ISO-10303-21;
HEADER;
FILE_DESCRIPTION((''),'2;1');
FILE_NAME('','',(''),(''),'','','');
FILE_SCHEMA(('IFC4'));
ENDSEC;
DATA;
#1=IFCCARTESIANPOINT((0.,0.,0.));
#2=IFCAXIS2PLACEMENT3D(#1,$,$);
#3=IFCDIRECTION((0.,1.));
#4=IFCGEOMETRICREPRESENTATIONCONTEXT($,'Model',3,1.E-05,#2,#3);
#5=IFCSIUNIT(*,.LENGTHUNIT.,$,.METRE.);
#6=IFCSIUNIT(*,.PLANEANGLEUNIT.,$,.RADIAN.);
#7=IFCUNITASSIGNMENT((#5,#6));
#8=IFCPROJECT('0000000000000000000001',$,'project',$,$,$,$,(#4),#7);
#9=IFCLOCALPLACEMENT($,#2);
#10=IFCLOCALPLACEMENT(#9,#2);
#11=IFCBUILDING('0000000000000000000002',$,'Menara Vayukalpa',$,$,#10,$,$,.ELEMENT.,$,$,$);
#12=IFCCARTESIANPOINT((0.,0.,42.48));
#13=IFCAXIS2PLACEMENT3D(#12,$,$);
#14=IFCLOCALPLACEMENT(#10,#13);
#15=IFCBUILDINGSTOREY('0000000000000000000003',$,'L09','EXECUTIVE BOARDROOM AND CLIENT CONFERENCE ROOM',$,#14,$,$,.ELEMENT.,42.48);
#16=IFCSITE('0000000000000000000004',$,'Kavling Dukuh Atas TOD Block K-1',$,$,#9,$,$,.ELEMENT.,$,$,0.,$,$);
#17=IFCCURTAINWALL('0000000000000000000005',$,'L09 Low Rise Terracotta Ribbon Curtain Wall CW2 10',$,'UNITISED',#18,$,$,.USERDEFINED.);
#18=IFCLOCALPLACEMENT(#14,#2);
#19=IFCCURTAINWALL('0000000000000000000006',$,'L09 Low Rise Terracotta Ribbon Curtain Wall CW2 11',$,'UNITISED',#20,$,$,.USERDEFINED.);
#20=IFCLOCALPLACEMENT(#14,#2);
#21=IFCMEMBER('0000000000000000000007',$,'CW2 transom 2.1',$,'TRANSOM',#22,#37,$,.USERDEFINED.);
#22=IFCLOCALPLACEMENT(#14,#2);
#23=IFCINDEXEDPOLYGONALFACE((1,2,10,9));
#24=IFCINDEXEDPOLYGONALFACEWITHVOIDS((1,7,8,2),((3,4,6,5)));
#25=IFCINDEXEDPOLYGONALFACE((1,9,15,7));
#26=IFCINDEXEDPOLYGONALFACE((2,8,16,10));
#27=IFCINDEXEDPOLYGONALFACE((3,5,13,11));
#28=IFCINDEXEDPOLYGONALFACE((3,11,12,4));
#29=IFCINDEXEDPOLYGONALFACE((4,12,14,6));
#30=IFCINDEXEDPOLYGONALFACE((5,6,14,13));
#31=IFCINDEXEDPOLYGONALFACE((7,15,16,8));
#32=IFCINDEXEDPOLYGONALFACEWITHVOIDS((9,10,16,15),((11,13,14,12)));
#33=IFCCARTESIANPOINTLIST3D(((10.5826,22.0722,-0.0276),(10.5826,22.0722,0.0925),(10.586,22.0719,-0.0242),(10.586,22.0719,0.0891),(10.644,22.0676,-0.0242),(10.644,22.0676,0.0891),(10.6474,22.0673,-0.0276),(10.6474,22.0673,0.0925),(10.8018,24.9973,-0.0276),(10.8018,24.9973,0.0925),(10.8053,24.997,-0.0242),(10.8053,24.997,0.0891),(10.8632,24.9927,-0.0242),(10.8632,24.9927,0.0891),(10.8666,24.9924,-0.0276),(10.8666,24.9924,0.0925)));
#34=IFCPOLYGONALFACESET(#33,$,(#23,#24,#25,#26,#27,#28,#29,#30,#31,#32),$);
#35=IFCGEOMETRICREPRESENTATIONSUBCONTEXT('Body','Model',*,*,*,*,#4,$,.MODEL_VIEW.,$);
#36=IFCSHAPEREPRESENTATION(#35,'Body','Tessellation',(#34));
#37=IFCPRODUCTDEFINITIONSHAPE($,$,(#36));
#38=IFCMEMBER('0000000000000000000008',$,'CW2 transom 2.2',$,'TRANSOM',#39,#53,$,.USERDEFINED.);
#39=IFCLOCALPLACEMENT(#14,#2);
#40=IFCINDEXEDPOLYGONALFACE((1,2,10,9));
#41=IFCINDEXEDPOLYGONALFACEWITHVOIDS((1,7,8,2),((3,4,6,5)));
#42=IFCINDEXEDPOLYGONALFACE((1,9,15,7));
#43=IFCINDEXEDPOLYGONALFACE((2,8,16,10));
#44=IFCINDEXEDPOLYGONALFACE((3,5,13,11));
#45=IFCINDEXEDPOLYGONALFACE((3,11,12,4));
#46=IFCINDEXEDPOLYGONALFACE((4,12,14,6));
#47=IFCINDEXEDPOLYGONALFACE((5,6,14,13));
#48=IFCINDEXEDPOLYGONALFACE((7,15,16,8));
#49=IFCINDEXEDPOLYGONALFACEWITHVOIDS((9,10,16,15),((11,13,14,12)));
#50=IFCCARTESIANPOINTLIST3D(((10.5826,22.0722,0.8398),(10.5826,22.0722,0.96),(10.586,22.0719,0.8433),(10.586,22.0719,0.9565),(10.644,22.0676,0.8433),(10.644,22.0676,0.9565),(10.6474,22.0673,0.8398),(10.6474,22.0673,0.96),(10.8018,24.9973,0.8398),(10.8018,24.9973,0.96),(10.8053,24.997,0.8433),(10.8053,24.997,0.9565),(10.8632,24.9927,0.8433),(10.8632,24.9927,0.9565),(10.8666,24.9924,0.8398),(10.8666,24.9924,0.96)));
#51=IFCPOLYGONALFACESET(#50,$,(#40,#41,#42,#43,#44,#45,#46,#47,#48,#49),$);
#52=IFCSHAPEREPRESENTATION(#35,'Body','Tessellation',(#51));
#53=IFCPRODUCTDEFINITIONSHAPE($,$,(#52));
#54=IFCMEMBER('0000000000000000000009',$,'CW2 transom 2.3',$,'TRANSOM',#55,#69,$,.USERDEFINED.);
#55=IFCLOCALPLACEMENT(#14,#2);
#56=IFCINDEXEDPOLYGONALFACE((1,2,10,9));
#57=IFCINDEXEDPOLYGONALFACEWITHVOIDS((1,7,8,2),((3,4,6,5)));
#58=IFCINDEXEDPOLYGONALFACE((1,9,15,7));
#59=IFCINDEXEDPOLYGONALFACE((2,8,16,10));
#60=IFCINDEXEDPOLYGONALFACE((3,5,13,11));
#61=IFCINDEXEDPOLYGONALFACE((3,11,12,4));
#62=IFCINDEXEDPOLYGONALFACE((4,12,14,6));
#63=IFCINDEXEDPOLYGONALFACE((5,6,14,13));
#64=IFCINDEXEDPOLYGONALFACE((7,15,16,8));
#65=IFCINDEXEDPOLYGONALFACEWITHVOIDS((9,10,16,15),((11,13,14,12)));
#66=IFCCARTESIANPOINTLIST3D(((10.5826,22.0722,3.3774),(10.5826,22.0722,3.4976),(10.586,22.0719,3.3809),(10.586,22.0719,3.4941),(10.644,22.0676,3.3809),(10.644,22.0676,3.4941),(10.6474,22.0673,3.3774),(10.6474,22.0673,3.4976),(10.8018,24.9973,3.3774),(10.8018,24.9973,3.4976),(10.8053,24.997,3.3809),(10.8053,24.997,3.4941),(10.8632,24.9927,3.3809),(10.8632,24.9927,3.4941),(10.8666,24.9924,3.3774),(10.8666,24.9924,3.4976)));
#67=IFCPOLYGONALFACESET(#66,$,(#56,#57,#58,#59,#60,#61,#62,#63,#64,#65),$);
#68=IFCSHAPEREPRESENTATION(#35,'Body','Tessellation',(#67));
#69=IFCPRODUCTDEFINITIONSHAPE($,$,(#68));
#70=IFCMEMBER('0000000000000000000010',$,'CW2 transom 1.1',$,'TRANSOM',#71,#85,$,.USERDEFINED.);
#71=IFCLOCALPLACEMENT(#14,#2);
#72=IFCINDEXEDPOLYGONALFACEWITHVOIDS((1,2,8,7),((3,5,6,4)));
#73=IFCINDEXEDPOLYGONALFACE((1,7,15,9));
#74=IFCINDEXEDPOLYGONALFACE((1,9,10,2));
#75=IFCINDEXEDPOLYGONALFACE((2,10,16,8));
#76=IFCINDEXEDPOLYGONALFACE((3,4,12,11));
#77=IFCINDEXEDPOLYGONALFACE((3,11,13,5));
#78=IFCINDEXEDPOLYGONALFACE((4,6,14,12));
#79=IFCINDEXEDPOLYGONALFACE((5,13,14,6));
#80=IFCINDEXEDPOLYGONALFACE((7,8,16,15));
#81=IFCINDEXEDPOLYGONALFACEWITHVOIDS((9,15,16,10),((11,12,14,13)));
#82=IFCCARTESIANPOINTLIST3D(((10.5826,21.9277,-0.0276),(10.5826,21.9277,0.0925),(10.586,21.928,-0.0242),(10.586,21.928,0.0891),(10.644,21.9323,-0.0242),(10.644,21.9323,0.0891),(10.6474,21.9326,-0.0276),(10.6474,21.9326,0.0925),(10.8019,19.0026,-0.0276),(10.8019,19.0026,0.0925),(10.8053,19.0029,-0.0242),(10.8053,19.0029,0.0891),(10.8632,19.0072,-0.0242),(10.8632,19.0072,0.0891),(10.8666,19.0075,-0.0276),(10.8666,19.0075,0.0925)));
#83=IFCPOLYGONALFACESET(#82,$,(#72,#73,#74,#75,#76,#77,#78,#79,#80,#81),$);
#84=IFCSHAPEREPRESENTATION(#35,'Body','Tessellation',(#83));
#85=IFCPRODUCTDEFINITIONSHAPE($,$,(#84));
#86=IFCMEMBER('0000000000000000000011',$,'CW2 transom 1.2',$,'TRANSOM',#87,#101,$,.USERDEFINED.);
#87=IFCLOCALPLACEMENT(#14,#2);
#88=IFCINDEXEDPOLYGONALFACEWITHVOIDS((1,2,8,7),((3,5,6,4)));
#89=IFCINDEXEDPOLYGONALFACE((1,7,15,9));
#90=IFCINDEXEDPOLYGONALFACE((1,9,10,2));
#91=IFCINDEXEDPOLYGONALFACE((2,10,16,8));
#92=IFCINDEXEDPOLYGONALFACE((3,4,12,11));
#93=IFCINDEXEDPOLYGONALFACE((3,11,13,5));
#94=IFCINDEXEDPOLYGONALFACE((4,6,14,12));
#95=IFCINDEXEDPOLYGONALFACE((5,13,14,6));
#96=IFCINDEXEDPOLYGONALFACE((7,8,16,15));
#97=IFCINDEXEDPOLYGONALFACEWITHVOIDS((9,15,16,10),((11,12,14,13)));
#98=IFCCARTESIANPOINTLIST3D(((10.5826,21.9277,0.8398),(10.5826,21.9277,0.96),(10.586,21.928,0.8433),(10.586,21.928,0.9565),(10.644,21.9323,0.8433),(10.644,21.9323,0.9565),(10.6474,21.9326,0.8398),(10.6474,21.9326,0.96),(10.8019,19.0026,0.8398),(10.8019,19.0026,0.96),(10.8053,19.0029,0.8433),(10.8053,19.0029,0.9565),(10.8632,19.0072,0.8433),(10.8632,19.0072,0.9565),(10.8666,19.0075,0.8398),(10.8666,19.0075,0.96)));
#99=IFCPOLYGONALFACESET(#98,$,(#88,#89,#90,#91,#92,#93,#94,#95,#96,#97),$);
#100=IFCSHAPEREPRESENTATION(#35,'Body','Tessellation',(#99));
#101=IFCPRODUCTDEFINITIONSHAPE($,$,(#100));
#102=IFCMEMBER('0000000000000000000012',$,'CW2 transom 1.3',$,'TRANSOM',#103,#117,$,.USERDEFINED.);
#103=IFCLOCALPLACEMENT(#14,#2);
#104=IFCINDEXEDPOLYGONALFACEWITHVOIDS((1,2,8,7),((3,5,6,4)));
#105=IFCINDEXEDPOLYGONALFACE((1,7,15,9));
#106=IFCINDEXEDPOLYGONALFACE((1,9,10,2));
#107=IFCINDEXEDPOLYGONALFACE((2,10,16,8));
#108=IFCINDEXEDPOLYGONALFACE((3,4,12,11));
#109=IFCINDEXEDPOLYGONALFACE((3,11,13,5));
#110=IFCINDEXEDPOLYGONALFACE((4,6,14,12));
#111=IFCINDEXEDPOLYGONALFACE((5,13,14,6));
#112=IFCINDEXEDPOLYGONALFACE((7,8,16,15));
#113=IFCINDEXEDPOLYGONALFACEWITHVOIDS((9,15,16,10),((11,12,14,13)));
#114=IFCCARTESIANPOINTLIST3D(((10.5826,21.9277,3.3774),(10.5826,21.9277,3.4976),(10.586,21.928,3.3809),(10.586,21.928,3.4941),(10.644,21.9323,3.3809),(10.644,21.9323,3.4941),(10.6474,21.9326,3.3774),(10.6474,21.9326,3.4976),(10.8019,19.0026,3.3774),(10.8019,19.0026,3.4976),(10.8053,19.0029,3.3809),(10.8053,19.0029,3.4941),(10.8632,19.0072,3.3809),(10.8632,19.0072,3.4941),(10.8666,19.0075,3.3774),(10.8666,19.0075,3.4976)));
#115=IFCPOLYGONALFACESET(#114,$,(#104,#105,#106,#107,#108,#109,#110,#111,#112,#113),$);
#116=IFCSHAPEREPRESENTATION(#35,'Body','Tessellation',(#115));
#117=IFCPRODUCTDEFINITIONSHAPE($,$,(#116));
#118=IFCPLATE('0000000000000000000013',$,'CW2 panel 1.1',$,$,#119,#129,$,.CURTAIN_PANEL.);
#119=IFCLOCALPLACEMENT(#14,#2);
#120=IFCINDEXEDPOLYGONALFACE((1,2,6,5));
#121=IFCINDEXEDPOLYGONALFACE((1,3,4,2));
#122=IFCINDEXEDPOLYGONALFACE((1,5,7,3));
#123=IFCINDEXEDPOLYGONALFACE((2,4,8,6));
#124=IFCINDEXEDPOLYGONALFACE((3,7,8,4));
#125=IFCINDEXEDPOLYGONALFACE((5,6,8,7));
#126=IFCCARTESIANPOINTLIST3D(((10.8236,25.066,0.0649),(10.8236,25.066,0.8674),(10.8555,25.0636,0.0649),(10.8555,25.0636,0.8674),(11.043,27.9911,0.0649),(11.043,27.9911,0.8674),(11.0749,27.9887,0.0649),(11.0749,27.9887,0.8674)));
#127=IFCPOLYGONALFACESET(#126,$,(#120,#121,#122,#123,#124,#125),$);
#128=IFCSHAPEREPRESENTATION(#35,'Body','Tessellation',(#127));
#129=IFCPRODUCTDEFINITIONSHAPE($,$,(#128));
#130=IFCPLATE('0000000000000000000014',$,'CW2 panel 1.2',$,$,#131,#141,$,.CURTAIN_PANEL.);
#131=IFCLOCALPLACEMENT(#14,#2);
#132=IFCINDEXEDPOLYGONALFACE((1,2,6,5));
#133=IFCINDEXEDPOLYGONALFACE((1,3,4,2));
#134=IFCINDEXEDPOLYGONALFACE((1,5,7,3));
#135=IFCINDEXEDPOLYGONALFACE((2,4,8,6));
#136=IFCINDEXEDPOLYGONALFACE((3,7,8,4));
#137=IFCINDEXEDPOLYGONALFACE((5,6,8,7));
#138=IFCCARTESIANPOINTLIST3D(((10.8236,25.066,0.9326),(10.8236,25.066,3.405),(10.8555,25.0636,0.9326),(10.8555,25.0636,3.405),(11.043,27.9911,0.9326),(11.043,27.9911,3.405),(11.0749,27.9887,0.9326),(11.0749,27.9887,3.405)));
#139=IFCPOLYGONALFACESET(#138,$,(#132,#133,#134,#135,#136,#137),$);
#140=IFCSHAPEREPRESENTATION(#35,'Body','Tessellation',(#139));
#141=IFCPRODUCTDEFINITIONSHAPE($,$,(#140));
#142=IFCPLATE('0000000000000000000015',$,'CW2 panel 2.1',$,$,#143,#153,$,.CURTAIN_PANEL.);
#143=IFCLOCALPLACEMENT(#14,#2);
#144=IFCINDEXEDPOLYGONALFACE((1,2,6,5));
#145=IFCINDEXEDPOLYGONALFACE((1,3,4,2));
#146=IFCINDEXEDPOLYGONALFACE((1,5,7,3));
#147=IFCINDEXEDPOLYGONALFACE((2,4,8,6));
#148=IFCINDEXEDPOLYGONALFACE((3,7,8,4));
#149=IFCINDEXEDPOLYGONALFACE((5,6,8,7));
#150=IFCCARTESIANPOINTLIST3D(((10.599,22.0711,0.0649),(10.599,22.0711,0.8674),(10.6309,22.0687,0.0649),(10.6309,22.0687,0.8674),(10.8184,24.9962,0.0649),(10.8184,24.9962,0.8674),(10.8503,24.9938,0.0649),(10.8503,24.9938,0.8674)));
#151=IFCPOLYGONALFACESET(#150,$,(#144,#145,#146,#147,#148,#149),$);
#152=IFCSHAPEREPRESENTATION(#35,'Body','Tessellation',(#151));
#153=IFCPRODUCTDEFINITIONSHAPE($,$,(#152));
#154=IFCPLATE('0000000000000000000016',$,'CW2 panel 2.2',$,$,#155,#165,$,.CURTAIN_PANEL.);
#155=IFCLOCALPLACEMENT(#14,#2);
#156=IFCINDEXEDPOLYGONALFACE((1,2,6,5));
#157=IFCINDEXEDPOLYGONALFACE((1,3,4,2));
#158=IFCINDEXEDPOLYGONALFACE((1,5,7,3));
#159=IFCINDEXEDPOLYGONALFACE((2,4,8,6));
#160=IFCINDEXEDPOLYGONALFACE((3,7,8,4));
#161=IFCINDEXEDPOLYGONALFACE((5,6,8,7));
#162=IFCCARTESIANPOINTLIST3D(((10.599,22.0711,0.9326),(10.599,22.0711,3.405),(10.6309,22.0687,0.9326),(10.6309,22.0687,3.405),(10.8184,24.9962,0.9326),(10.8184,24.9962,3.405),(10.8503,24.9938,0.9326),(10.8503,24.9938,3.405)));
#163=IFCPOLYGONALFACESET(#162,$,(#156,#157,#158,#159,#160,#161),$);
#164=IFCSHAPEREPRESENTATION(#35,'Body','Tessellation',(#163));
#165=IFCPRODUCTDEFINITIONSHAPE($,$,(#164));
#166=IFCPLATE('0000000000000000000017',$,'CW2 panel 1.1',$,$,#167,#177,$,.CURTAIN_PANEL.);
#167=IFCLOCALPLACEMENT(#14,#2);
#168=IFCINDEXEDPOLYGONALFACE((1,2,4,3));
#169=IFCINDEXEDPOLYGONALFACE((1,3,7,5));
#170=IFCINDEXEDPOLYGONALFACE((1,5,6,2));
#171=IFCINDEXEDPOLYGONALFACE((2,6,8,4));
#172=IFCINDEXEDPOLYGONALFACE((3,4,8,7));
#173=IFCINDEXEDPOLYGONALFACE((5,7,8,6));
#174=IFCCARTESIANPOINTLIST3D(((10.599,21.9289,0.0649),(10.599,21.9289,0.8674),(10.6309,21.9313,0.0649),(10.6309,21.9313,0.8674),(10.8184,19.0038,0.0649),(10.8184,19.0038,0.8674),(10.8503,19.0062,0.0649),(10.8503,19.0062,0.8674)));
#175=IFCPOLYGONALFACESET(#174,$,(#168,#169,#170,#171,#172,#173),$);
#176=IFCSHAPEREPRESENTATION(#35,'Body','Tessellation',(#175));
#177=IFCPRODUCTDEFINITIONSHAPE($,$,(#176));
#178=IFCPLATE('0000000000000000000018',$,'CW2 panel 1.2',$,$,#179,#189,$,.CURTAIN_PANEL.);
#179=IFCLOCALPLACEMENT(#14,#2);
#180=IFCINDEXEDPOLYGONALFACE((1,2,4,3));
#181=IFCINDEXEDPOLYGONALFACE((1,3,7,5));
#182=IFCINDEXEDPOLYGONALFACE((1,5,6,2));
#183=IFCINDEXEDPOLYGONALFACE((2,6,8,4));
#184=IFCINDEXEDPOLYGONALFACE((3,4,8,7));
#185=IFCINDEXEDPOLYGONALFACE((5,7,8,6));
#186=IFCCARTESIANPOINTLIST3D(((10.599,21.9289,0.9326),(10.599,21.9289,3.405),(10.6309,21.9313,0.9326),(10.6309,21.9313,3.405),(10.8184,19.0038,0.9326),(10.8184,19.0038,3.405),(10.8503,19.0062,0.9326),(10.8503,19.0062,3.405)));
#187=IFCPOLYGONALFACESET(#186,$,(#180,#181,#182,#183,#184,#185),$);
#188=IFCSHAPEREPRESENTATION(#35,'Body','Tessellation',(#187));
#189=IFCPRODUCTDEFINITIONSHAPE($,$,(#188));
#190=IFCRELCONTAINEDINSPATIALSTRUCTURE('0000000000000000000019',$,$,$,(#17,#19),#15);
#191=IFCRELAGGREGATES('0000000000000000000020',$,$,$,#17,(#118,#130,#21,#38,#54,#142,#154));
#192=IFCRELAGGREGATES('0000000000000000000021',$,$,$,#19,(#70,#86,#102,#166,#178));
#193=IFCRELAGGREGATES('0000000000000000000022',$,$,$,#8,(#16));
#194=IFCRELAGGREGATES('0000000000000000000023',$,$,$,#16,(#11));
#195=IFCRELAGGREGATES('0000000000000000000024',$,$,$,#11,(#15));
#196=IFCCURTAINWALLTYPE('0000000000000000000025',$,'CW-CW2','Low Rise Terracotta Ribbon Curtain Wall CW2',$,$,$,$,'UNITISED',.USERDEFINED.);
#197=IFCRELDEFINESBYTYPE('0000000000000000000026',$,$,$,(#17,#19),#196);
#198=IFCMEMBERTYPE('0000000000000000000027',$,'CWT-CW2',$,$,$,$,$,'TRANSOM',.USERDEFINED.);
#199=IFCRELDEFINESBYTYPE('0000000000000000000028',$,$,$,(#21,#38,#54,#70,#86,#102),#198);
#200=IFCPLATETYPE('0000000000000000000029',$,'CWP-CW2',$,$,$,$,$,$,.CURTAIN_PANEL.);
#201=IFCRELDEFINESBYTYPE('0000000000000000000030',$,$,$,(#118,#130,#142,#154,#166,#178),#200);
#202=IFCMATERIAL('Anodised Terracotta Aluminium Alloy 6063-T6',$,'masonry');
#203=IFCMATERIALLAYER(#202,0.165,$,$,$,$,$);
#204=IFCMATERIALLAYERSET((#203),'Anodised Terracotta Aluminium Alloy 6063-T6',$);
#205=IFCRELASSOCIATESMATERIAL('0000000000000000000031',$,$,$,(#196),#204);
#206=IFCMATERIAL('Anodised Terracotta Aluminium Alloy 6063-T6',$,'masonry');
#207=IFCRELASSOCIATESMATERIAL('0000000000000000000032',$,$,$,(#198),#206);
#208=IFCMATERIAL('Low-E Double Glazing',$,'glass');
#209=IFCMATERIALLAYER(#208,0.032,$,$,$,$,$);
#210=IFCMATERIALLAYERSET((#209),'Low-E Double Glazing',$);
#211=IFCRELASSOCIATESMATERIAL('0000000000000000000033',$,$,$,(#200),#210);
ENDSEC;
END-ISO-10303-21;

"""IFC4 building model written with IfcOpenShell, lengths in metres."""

from ifc_helpers import new_model, si_unit, direction, frame, origin, origin_2d, place, context, subcontext, project, spatial, rectangle, hollow_rectangle, extrude, material, layer, layer_set, material_profile, profile_set, type_object, element, aggregate, save


model = new_model("IFC4")

# Units and contexts
model_context = context("Model", 3, precision=1e-05, world=origin(), true_north=direction((0.0, 1.0)))
body_context = subcontext(model_context, "Body", "Model", "MODEL_VIEW")
ifc_project = project(units=[si_unit("LENGTHUNIT", "METRE"), si_unit("PLANEANGLEUNIT", "RADIAN")], contexts=[model_context])

# Site, building, storey
site_placement = place(None, origin())
site = spatial("IfcSite", under=ifc_project, at=site_placement, Name="Kavling Dukuh Atas TOD Block K-1", CompositionType="ELEMENT", RefElevation=0.0)
building_placement = place(site_placement, origin())
building = spatial("IfcBuilding", under=site, at=building_placement, Name="Menara Vayukalpa", CompositionType="ELEMENT")
storey_placement = place(building_placement, frame((0.0, 0.0, 42.48)))
storey = spatial("IfcBuildingStorey", under=building, at=storey_placement, Name="L09", Description="EXECUTIVE BOARDROOM AND CLIENT CONFERENCE ROOM", CompositionType="ELEMENT", Elevation=42.48)

# Curtain wall
ifc_material_1 = material(Name="Anodised Terracotta Aluminium Alloy 6063-T6", Category="masonry")
ifc_layer_1 = layer(ifc_material_1, 0.165)
ifc_layer_set_1 = layer_set([ifc_layer_1], Name="Anodised Terracotta Aluminium Alloy 6063-T6")
curtain_wall_type = type_object("IfcCurtainWallType", Name="CW-CW2", Description="Low Rise Terracotta Ribbon Curtain Wall CW2", ElementType="UNITISED", PredefinedType="USERDEFINED", material=ifc_layer_set_1)
curtain_wall_1_placement = place(storey_placement, origin())
curtain_wall_1 = element("IfcCurtainWall", 1, at=curtain_wall_1_placement, inside=storey, type_object=curtain_wall_type, Name="L09 Low Rise Terracotta Ribbon Curtain Wall CW2 10", ObjectType="UNITISED", PredefinedType="USERDEFINED")

# Curtain wall
curtain_wall_2_placement = place(storey_placement, origin())
curtain_wall_2 = element("IfcCurtainWall", 2, at=curtain_wall_2_placement, inside=storey, type_object=curtain_wall_type, Name="L09 Low Rise Terracotta Ribbon Curtain Wall CW2 11", ObjectType="UNITISED", PredefinedType="USERDEFINED")

# Members
ifc_material_2 = material(Name="Anodised Terracotta Aluminium Alloy 6063-T6", Category="masonry")
ifc_material_profile_1 = material_profile(ifc_material_2, hollow_rectangle(XDim=0.0649, YDim=0.1201, WallThickness=0.0034, at=origin_2d()), Name="ALU 65x120x3.5")
ifc_profile_set_1 = profile_set([ifc_material_profile_1], Name="Anodised Terracotta Aluminium Alloy 6063-T6")
member_type_1 = type_object("IfcMemberType", Name="CWT-CW2", ElementType="TRANSOM", PredefinedType="USERDEFINED", material=ifc_profile_set_1)
member_1_placement = place(storey_placement, frame((10.8342, 24.9949, 0.0325), z_axis=(-0.074742, -0.997203, 0.0), x_axis=(0.997203, -0.074742, 0.0)))
member_1 = element("IfcMember", 3, at=member_1_placement, type_object=member_type_1, Name="CW2 transom 2.1", ObjectType="TRANSOM", PredefinedType="USERDEFINED", context=body_context, shape_type="SweptSolid", body=[
    extrude(hollow_rectangle(XDim=0.0649, YDim=0.1201, WallThickness=0.0034, at=origin_2d()), origin(), (0.0, 0.0, 1.0), 2.9333),
])
member_2_placement = place(storey_placement, frame((10.8342, 24.9949, 0.8999), z_axis=(-0.074742, -0.997203, 0.0), x_axis=(0.997203, -0.074742, 0.0)))
member_2 = element("IfcMember", 4, at=member_2_placement, type_object=member_type_1, Name="CW2 transom 2.2", ObjectType="TRANSOM", PredefinedType="USERDEFINED", context=body_context, shape_type="SweptSolid", body=[
    extrude(hollow_rectangle(XDim=0.0649, YDim=0.1201, WallThickness=0.0034, at=origin_2d()), origin(), (0.0, 0.0, 1.0), 2.9333),
])
member_3_placement = place(storey_placement, frame((10.8342, 24.9949, 3.4375), z_axis=(-0.074742, -0.997203, 0.0), x_axis=(0.997203, -0.074742, 0.0)))
member_3 = element("IfcMember", 5, at=member_3_placement, type_object=member_type_1, Name="CW2 transom 2.3", ObjectType="TRANSOM", PredefinedType="USERDEFINED", context=body_context, shape_type="SweptSolid", body=[
    extrude(hollow_rectangle(XDim=0.0649, YDim=0.1201, WallThickness=0.0034, at=origin_2d()), origin(), (0.0, 0.0, 1.0), 2.9333),
])
member_4_placement = place(storey_placement, frame((10.615, 21.9302, 0.0325), z_axis=(0.074742, -0.997203, 0.0), x_axis=(0.997203, 0.074742, 0.0)))
member_4 = element("IfcMember", 6, at=member_4_placement, type_object=member_type_1, Name="CW2 transom 1.1", ObjectType="TRANSOM", PredefinedType="USERDEFINED", context=body_context, shape_type="SweptSolid", body=[
    extrude(hollow_rectangle(XDim=0.0649, YDim=0.1201, WallThickness=0.0034, at=origin_2d()), origin(), (0.0, 0.0, 1.0), 2.9333),
])
member_5_placement = place(storey_placement, frame((10.615, 21.9302, 0.8999), z_axis=(0.074742, -0.997203, 0.0), x_axis=(0.997203, 0.074742, 0.0)))
member_5 = element("IfcMember", 7, at=member_5_placement, type_object=member_type_1, Name="CW2 transom 1.2", ObjectType="TRANSOM", PredefinedType="USERDEFINED", context=body_context, shape_type="SweptSolid", body=[
    extrude(hollow_rectangle(XDim=0.0649, YDim=0.1201, WallThickness=0.0034, at=origin_2d()), origin(), (0.0, 0.0, 1.0), 2.9333),
])
member_6_placement = place(storey_placement, frame((10.615, 21.9302, 3.4375), z_axis=(0.074742, -0.997203, 0.0), x_axis=(0.997203, 0.074742, 0.0)))
member_6 = element("IfcMember", 8, at=member_6_placement, type_object=member_type_1, Name="CW2 transom 1.3", ObjectType="TRANSOM", PredefinedType="USERDEFINED", context=body_context, shape_type="SweptSolid", body=[
    extrude(hollow_rectangle(XDim=0.0649, YDim=0.1201, WallThickness=0.0034, at=origin_2d()), origin(), (0.0, 0.0, 1.0), 2.9333),
])

# Plates
ifc_material_3 = material(Name="Low-E Double Glazing", Category="glass")
ifc_layer_2 = layer(ifc_material_3, 0.032)
ifc_layer_set_2 = layer_set([ifc_layer_2], Name="Low-E Double Glazing")
plate_type = type_object("IfcPlateType", Name="CWP-CW2", PredefinedType="CURTAIN_PANEL", material=ifc_layer_set_2)
plate_1_placement = place(storey_placement, frame((10.9492, 26.5273, 0.0649), z_axis=(0.0, 0.0, 1.0), x_axis=(-0.074795, -0.997199, 0.0)))
plate_1 = element("IfcPlate", 9, at=plate_1_placement, type_object=plate_type, Name="CW2 panel 1.1", PredefinedType="CURTAIN_PANEL", context=body_context, shape_type="SweptSolid", body=[
    extrude(rectangle(XDim=2.9333, YDim=0.032, at=origin_2d()), origin(), (0.0, 0.0, 1.0), 0.8025),
])
plate_2_placement = place(storey_placement, frame((10.9492, 26.5273, 0.9326), z_axis=(0.0, 0.0, 1.0), x_axis=(-0.074795, -0.997199, 0.0)))
plate_2 = element("IfcPlate", 10, at=plate_2_placement, type_object=plate_type, Name="CW2 panel 1.2", PredefinedType="CURTAIN_PANEL", context=body_context, shape_type="SweptSolid", body=[
    extrude(rectangle(XDim=2.9333, YDim=0.032, at=origin_2d()), origin(), (0.0, 0.0, 1.0), 2.4724),
])
plate_3_placement = place(storey_placement, frame((10.7246, 23.5325, 0.0649), z_axis=(0.0, 0.0, 1.0), x_axis=(-0.074795, -0.997199, 0.0)))
plate_3 = element("IfcPlate", 11, at=plate_3_placement, type_object=plate_type, Name="CW2 panel 2.1", PredefinedType="CURTAIN_PANEL", context=body_context, shape_type="SweptSolid", body=[
    extrude(rectangle(XDim=2.9333, YDim=0.032, at=origin_2d()), origin(), (0.0, 0.0, 1.0), 0.8025),
])
plate_4_placement = place(storey_placement, frame((10.7246, 23.5325, 0.9326), z_axis=(0.0, 0.0, 1.0), x_axis=(-0.074795, -0.997199, 0.0)))
plate_4 = element("IfcPlate", 12, at=plate_4_placement, type_object=plate_type, Name="CW2 panel 2.2", PredefinedType="CURTAIN_PANEL", context=body_context, shape_type="SweptSolid", body=[
    extrude(rectangle(XDim=2.9333, YDim=0.032, at=origin_2d()), origin(), (0.0, 0.0, 1.0), 2.4724),
])
aggregate(curtain_wall_1, [plate_1, plate_2, member_1, member_2, member_3, plate_3, plate_4])
plate_5_placement = place(storey_placement, frame((10.7246, 20.4675, 0.0649), z_axis=(0.0, 0.0, 1.0), x_axis=(0.074795, -0.997199, 0.0)))
plate_5 = element("IfcPlate", 13, at=plate_5_placement, type_object=plate_type, Name="CW2 panel 1.1", PredefinedType="CURTAIN_PANEL", context=body_context, shape_type="SweptSolid", body=[
    extrude(rectangle(XDim=2.9333, YDim=0.032, at=origin_2d()), origin(), (0.0, 0.0, 1.0), 0.8025),
])
plate_6_placement = place(storey_placement, frame((10.7246, 20.4675, 0.9326), z_axis=(0.0, 0.0, 1.0), x_axis=(0.074795, -0.997199, 0.0)))
plate_6 = element("IfcPlate", 14, at=plate_6_placement, type_object=plate_type, Name="CW2 panel 1.2", PredefinedType="CURTAIN_PANEL", context=body_context, shape_type="SweptSolid", body=[
    extrude(rectangle(XDim=2.9333, YDim=0.032, at=origin_2d()), origin(), (0.0, 0.0, 1.0), 2.4724),
])
aggregate(curtain_wall_2, [member_4, member_5, member_6, plate_5, plate_6])

save(model, "model.ifc")
